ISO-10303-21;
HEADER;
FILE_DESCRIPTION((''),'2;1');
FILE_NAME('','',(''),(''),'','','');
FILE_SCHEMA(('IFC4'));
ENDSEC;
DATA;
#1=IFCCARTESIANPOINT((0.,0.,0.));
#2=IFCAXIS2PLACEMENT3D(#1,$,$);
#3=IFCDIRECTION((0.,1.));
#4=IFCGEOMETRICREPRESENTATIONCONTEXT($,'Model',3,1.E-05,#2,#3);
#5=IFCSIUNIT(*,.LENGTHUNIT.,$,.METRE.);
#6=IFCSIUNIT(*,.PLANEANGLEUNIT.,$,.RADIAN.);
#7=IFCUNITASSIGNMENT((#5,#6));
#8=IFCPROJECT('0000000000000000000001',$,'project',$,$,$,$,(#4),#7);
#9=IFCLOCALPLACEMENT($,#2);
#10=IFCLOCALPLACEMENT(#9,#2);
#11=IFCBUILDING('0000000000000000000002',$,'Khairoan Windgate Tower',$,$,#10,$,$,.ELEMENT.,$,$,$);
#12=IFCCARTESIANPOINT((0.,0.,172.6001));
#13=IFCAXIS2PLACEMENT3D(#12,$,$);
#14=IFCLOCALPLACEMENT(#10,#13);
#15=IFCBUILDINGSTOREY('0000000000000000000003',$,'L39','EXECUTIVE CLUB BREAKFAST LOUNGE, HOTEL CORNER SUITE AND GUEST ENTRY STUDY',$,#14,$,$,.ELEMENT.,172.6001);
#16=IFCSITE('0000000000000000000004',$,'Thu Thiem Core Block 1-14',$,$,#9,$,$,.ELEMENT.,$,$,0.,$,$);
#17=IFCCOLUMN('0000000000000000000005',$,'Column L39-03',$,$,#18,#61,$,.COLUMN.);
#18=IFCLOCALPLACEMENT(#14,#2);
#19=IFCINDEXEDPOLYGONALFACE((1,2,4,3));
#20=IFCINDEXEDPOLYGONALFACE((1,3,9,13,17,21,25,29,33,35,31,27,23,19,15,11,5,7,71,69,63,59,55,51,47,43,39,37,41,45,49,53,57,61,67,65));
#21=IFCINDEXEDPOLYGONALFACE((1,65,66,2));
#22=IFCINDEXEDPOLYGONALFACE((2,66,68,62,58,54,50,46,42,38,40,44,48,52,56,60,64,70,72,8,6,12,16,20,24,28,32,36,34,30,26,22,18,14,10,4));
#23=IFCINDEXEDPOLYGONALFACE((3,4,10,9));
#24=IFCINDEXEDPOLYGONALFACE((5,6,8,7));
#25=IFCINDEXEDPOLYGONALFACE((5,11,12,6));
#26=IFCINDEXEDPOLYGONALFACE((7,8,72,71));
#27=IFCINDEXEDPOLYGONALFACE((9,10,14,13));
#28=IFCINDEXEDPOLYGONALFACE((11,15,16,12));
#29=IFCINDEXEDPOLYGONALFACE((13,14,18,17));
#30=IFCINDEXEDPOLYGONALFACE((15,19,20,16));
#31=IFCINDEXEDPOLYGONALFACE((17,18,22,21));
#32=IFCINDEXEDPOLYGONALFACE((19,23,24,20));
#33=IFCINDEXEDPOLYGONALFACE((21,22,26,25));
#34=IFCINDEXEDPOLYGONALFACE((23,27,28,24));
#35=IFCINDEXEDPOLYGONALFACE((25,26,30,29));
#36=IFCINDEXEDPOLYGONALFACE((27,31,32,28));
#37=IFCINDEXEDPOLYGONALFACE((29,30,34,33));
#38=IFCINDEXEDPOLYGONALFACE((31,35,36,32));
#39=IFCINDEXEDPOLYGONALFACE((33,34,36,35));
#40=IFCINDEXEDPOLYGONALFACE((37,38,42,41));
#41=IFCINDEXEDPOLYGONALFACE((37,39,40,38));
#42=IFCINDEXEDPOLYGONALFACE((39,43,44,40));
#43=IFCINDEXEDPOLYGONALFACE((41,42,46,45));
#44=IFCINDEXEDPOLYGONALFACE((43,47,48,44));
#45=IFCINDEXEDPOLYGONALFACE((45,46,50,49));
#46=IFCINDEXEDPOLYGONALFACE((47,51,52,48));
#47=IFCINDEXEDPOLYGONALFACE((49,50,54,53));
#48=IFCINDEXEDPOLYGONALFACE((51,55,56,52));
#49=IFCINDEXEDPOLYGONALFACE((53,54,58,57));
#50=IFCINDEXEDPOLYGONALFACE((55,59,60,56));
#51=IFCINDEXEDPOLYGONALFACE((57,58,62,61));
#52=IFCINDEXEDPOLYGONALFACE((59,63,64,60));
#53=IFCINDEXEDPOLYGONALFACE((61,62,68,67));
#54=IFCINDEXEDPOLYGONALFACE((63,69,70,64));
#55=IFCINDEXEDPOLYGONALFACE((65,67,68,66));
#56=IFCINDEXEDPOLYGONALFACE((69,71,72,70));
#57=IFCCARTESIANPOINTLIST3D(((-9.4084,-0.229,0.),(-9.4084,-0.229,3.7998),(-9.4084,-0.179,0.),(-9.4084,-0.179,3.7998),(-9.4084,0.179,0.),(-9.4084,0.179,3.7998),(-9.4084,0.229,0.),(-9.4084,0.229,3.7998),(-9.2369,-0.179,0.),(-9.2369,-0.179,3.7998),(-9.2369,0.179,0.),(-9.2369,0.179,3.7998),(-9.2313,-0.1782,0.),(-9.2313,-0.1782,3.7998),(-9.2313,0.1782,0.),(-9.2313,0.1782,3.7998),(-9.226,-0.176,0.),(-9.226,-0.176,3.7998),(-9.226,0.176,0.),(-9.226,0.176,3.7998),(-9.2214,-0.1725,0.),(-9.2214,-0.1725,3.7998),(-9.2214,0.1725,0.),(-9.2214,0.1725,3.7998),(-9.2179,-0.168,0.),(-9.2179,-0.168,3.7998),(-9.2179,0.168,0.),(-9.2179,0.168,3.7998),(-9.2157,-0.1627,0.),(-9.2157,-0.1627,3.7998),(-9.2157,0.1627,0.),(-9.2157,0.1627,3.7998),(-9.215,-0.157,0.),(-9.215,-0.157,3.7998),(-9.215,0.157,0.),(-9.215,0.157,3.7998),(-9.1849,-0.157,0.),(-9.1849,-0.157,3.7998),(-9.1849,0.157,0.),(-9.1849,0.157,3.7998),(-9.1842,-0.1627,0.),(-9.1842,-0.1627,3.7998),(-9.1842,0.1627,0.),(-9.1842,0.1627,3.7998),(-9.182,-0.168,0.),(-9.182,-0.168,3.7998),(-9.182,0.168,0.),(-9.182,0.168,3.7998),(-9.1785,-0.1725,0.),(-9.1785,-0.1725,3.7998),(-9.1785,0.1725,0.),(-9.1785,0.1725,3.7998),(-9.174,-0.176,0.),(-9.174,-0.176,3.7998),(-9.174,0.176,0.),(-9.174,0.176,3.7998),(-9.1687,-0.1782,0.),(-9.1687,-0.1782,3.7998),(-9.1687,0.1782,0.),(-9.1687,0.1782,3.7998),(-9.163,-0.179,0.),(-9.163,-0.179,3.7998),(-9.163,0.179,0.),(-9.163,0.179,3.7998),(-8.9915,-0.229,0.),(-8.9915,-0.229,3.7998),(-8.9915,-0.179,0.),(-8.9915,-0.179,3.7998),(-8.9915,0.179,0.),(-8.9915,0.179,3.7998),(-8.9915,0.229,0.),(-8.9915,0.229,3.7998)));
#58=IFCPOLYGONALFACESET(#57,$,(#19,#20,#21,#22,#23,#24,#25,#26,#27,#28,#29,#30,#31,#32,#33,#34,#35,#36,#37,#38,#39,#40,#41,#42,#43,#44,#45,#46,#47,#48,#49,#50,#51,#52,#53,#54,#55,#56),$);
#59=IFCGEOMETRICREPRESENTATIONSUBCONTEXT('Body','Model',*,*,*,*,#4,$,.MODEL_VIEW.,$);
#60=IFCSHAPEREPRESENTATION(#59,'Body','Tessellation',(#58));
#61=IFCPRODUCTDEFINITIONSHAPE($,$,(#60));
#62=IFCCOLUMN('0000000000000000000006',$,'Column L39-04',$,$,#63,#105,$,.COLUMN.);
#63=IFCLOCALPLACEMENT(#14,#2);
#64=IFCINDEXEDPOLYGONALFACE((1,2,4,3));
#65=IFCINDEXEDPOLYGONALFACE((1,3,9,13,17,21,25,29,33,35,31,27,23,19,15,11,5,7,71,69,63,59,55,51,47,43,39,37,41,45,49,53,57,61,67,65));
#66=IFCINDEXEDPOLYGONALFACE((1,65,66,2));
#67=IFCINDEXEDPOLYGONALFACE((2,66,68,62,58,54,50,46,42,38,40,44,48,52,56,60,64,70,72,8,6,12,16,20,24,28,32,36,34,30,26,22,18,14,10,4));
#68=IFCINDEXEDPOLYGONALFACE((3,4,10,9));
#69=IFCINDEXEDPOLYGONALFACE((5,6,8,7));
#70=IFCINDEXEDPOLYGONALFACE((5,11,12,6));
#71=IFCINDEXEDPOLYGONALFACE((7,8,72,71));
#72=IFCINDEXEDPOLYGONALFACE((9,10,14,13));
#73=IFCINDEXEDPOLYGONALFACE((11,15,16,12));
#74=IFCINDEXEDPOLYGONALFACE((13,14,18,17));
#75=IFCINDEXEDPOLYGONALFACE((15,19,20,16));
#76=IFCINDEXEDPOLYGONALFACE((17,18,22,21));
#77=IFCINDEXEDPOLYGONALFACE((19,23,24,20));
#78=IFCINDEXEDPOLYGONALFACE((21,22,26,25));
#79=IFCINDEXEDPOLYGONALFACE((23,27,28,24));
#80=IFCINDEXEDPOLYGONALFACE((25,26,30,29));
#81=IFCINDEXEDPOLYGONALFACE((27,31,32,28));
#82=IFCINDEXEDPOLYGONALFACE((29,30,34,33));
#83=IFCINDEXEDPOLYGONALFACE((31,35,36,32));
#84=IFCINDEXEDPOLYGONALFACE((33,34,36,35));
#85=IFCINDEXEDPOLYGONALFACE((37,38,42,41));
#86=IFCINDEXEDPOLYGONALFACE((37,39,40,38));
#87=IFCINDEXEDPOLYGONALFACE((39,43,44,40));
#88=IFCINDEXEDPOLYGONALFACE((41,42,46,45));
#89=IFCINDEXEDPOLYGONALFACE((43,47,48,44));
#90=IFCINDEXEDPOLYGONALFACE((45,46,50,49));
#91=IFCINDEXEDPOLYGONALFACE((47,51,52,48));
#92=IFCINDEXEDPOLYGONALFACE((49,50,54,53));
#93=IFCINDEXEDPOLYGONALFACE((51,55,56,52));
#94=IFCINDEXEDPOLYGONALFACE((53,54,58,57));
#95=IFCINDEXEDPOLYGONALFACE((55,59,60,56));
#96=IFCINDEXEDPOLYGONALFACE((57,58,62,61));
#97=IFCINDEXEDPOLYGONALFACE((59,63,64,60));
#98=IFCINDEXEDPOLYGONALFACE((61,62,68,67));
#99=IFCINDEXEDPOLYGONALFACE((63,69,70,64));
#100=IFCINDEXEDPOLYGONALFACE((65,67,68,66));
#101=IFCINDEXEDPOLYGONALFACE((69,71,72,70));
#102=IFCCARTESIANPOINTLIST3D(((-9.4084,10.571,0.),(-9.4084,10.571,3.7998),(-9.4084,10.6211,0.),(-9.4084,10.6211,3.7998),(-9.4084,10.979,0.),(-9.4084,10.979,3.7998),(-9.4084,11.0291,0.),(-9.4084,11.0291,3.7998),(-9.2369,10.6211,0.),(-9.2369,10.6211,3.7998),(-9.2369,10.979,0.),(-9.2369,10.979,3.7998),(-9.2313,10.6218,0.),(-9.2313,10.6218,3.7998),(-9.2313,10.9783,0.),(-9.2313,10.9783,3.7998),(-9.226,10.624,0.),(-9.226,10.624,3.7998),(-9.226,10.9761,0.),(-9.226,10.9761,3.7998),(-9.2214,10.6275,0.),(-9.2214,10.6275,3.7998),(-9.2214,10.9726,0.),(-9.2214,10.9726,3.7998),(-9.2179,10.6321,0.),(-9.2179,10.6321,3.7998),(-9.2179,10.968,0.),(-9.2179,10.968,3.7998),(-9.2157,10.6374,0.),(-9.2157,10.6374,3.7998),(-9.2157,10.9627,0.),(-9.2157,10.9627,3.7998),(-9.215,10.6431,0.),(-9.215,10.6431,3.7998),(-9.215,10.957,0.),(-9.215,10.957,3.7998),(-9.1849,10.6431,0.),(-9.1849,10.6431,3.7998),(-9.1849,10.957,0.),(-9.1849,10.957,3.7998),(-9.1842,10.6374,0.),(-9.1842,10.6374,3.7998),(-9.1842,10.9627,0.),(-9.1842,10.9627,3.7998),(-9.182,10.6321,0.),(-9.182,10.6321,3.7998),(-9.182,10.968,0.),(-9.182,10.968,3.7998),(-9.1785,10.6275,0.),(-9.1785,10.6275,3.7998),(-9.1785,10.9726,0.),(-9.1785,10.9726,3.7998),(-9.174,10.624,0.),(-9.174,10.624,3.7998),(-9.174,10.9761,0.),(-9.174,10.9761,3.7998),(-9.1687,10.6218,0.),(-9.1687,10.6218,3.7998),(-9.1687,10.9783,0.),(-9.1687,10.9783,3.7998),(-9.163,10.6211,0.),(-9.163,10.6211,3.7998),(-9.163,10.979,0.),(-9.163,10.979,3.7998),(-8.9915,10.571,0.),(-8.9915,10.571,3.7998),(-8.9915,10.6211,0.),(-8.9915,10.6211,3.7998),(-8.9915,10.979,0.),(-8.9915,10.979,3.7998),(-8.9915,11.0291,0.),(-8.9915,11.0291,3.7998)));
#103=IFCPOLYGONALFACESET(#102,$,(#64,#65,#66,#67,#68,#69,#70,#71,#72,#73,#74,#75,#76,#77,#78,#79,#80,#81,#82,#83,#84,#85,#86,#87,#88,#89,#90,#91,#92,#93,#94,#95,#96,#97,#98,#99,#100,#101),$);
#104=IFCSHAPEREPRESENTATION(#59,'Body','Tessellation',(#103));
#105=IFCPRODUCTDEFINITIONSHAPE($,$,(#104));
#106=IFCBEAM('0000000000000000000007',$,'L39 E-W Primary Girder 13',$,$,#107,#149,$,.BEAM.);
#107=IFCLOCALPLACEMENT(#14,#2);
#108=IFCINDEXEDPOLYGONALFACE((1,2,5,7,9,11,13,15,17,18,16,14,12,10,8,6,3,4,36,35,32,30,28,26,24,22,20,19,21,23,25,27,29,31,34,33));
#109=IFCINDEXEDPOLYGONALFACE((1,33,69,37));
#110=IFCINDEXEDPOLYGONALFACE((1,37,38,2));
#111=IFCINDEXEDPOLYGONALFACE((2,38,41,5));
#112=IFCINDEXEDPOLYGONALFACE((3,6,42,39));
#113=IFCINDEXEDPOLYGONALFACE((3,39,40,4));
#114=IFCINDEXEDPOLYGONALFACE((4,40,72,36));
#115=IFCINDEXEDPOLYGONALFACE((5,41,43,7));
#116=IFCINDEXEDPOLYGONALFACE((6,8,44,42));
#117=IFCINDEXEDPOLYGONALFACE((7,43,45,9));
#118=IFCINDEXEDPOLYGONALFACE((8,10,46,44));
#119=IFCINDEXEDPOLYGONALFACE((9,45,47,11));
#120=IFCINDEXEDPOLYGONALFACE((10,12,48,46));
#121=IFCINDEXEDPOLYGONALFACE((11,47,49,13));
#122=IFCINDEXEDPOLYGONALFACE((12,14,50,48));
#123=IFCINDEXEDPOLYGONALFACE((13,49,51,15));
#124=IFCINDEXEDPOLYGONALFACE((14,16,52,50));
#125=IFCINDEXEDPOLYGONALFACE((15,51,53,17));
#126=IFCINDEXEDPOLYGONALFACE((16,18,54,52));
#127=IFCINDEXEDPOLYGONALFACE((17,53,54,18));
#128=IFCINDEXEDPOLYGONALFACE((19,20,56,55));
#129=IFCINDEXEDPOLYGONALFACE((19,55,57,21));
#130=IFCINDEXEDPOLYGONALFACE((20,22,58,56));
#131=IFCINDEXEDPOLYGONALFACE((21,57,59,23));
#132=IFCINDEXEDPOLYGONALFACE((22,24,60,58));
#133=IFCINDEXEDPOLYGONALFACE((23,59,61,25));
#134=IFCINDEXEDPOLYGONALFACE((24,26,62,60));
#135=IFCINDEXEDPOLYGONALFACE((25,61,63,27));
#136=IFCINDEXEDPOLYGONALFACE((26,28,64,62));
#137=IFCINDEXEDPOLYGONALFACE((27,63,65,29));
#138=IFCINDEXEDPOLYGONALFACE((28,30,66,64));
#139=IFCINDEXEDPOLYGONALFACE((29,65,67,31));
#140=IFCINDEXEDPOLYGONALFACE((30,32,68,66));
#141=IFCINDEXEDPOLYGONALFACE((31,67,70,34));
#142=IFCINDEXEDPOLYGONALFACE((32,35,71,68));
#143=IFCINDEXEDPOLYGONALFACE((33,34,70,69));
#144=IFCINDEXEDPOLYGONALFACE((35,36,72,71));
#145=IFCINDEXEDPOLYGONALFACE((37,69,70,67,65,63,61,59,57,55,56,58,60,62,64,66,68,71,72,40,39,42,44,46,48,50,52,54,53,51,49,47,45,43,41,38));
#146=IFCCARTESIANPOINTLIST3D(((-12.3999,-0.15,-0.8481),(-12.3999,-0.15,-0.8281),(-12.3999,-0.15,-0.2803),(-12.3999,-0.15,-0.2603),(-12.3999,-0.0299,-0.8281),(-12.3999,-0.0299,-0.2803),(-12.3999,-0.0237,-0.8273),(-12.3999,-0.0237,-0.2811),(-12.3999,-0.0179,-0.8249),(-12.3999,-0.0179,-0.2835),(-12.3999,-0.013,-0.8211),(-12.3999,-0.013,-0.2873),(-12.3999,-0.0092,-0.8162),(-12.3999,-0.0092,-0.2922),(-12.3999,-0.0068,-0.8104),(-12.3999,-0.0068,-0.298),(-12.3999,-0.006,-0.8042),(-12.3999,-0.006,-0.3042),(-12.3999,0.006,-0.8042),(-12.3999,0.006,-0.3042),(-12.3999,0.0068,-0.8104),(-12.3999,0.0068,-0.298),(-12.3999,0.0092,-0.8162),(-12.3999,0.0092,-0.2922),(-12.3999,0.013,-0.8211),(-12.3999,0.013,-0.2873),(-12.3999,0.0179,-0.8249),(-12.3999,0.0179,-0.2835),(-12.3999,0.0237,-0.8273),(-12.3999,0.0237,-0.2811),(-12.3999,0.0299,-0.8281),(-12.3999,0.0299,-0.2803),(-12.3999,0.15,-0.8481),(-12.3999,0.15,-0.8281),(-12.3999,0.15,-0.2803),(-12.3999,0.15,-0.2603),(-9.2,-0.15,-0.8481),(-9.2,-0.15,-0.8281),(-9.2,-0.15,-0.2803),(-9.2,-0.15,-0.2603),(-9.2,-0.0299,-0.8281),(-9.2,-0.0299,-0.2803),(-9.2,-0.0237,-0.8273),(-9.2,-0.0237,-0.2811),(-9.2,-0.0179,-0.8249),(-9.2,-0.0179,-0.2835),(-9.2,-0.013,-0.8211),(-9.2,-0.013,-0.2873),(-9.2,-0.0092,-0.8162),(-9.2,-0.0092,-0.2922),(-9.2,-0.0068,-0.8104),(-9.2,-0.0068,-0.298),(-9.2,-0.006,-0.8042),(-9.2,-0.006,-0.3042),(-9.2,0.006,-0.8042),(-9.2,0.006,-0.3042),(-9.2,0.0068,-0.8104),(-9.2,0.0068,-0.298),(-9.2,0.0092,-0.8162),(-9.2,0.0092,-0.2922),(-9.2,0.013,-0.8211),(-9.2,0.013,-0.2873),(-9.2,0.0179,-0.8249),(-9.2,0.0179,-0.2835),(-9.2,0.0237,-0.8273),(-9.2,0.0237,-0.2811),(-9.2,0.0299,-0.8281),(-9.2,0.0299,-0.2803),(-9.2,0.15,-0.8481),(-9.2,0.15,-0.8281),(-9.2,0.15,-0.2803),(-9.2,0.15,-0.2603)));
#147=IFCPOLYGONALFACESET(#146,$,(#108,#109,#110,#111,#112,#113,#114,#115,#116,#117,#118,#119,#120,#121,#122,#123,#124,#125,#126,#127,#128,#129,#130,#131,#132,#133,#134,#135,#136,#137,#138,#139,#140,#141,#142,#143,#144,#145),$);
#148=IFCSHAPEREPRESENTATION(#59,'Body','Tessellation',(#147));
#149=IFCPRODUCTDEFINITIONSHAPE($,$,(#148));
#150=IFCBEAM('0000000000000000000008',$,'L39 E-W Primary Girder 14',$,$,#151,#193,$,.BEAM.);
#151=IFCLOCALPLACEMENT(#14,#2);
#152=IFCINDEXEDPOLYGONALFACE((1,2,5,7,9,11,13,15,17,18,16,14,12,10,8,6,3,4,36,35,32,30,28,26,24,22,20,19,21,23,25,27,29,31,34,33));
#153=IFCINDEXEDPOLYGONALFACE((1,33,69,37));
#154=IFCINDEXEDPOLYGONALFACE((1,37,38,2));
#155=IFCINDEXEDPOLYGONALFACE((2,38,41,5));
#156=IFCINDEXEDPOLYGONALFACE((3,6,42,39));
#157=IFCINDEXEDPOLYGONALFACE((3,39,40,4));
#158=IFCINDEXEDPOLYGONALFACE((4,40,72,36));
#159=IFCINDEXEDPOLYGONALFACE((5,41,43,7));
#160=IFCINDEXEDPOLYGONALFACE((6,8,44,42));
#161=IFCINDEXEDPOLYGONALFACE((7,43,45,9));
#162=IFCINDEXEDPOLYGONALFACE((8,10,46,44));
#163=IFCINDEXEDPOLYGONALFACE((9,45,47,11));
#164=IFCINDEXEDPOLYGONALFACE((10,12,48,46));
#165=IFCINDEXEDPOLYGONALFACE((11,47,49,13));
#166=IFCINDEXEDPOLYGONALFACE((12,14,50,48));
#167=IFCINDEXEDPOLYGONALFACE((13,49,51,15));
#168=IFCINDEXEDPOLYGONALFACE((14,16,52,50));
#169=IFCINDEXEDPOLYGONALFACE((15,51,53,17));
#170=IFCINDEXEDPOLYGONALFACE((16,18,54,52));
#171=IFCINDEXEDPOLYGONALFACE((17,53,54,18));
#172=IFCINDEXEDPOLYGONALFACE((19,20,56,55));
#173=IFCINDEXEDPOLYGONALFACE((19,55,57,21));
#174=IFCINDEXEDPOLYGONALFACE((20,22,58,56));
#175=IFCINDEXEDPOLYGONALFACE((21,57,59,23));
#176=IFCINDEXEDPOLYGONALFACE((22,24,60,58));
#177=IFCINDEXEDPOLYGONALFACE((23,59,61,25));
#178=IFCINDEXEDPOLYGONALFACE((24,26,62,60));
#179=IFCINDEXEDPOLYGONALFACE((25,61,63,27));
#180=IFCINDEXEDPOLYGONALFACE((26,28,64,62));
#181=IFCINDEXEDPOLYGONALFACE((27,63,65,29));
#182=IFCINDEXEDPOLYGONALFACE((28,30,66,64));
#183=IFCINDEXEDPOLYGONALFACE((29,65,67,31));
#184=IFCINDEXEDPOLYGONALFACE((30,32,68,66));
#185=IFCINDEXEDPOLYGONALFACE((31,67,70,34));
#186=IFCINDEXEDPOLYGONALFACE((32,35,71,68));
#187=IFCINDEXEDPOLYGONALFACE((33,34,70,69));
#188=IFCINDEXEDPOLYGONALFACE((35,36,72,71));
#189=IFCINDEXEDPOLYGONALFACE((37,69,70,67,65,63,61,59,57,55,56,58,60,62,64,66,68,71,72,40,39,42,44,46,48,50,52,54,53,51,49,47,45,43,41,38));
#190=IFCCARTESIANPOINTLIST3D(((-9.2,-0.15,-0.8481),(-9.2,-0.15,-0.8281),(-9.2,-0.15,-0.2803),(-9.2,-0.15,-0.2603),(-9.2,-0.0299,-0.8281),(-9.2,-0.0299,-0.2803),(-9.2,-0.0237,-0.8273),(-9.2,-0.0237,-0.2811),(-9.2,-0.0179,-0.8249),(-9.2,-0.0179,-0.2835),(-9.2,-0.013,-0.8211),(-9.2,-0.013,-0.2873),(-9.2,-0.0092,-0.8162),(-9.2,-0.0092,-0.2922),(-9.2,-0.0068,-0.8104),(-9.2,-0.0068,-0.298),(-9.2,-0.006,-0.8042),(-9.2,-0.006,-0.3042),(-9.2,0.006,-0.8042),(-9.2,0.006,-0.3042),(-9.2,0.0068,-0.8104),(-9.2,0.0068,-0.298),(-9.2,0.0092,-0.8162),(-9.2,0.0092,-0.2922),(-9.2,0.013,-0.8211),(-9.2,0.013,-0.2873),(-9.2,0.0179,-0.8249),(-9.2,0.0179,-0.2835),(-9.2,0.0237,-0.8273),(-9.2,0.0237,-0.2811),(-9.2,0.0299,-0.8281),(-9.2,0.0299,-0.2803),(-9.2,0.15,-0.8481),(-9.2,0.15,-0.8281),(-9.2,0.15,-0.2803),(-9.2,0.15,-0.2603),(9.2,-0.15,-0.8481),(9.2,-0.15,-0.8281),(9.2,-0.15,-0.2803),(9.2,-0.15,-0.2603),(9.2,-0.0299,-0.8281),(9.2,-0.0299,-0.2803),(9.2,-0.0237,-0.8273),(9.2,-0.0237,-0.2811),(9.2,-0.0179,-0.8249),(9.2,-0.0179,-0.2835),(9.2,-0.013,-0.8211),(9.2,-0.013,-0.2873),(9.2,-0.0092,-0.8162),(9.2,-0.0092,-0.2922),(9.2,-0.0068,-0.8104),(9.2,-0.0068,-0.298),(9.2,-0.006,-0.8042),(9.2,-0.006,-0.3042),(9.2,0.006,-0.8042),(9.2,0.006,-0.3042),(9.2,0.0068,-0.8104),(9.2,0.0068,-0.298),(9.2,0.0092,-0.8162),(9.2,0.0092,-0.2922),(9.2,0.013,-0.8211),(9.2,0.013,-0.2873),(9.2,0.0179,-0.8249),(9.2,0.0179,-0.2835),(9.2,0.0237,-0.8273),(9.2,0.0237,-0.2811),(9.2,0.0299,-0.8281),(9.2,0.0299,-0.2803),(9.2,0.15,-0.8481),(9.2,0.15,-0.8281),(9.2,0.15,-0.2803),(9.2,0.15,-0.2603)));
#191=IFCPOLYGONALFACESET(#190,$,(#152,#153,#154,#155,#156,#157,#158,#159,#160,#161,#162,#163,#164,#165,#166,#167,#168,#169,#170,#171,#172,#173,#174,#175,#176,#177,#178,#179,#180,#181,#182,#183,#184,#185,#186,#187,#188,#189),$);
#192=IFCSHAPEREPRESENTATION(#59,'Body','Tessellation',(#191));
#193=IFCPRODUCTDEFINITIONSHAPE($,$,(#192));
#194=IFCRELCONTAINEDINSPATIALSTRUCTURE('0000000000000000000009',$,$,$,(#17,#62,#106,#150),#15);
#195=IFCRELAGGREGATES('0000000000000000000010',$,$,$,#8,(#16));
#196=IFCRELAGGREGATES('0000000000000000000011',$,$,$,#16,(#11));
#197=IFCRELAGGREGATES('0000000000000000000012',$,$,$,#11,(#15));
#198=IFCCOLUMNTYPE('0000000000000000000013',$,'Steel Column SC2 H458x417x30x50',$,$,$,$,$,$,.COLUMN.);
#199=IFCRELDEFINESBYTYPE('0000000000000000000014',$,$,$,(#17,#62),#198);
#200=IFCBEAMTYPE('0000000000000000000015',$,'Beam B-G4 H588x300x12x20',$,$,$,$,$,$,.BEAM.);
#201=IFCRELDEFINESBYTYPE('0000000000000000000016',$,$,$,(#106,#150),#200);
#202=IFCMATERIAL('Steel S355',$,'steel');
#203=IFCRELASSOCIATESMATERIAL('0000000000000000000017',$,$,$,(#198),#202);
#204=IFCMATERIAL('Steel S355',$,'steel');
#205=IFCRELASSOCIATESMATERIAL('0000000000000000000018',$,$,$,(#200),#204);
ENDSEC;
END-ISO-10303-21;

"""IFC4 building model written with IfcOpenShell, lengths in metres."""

from ifc_helpers import new_model, si_unit, direction, frame, origin, origin_2d, place, context, subcontext, project, spatial, i_section, extrude, material, material_profile, profile_set, type_object, element, save


model = new_model("IFC4")

# Units and contexts
model_context = context("Model", 3, precision=1e-05, world=origin(), true_north=direction((0.0, 1.0)))
body_context = subcontext(model_context, "Body", "Model", "MODEL_VIEW")
ifc_project = project(units=[si_unit("LENGTHUNIT", "METRE"), si_unit("PLANEANGLEUNIT", "RADIAN")], contexts=[model_context])

# Site, building, storey
site_placement = place(None, origin())
site = spatial("IfcSite", under=ifc_project, at=site_placement, Name="Thu Thiem Core Block 1-14", CompositionType="ELEMENT", RefElevation=0.0)
building_placement = place(site_placement, origin())
building = spatial("IfcBuilding", under=site, at=building_placement, Name="Khairoan Windgate Tower", CompositionType="ELEMENT")
storey_placement = place(building_placement, frame((0.0, 0.0, 172.6001)))
storey = spatial("IfcBuildingStorey", under=building, at=storey_placement, Name="L39", Description="EXECUTIVE CLUB BREAKFAST LOUNGE, HOTEL CORNER SUITE AND GUEST ENTRY STUDY", CompositionType="ELEMENT", Elevation=172.6001)

# Columns
ifc_material_1 = material(Name="Steel S355", Category="steel")
ifc_material_profile_1 = material_profile(ifc_material_1, i_section(OverallWidth=0.417, OverallDepth=0.458, WebThickness=0.03, FlangeThickness=0.05, FilletRadius=0.022, at=origin_2d()))
ifc_profile_set_1 = profile_set([ifc_material_profile_1], Name="Steel S355")
column_type = type_object("IfcColumnType", Name="Steel Column SC2 H458x417x30x50", PredefinedType="COLUMN", material=ifc_profile_set_1)
for number, where, z_axis, x_axis, name in (
    (1, (-9.2, 0.0, 0.0), (0.0, 0.0, 1.0), (1.0, 0.0, 0.0), "Column L39-03"),
    (2, (-9.2, 10.8, 0.0), (0.0, 0.0, 1.0), (1.0, 0.0, 0.0), "Column L39-04"),
):
    element("IfcColumn", number, at=place(storey_placement, frame(where, z_axis=z_axis, x_axis=x_axis)), inside=storey, type_object=column_type, Name=name, PredefinedType="COLUMN", context=body_context, shape_type="SweptSolid", body=[
        extrude(i_section(OverallWidth=0.417, OverallDepth=0.458, WebThickness=0.03, FlangeThickness=0.05, FilletRadius=0.022, at=origin_2d()), origin(), (0.0, 0.0, 1.0), 3.7998),
    ])

# Beams
ifc_material_2 = material(Name="Steel S355", Category="steel")
ifc_material_profile_2 = material_profile(ifc_material_2, i_section(OverallWidth=0.3, OverallDepth=0.5879, WebThickness=0.012, FlangeThickness=0.02, FilletRadius=0.0239, at=origin_2d()))
ifc_profile_set_2 = profile_set([ifc_material_profile_2], Name="Steel S355")
beam_type_1 = type_object("IfcBeamType", Name="Beam B-G4 H588x300x12x20", PredefinedType="BEAM", material=ifc_profile_set_2)
beam_1_placement = place(storey_placement, frame((-12.3999, 0.0, -0.5542), z_axis=(1.0, 0.0, 0.0), x_axis=(0.0, 1.0, 0.0)))
element("IfcBeam", 3, at=beam_1_placement, inside=storey, type_object=beam_type_1, Name="L39 E-W Primary Girder 13", PredefinedType="BEAM", context=body_context, shape_type="SweptSolid", body=[
    extrude(i_section(OverallWidth=0.3, OverallDepth=0.5879, WebThickness=0.012, FlangeThickness=0.02, FilletRadius=0.0239, at=origin_2d()), origin(), (0.0, 0.0, 1.0), 3.2),
])
beam_2_placement = place(storey_placement, frame((-9.2, 0.0, -0.5542), z_axis=(1.0, 0.0, 0.0), x_axis=(0.0, 1.0, 0.0)))
element("IfcBeam", 4, at=beam_2_placement, inside=storey, type_object=beam_type_1, Name="L39 E-W Primary Girder 14", PredefinedType="BEAM", context=body_context, shape_type="SweptSolid", body=[
    extrude(i_section(OverallWidth=0.3, OverallDepth=0.5879, WebThickness=0.012, FlangeThickness=0.02, FilletRadius=0.0239, at=origin_2d()), origin(), (0.0, 0.0, 1.0), 18.3999),
])

save(model, "model.ifc")
